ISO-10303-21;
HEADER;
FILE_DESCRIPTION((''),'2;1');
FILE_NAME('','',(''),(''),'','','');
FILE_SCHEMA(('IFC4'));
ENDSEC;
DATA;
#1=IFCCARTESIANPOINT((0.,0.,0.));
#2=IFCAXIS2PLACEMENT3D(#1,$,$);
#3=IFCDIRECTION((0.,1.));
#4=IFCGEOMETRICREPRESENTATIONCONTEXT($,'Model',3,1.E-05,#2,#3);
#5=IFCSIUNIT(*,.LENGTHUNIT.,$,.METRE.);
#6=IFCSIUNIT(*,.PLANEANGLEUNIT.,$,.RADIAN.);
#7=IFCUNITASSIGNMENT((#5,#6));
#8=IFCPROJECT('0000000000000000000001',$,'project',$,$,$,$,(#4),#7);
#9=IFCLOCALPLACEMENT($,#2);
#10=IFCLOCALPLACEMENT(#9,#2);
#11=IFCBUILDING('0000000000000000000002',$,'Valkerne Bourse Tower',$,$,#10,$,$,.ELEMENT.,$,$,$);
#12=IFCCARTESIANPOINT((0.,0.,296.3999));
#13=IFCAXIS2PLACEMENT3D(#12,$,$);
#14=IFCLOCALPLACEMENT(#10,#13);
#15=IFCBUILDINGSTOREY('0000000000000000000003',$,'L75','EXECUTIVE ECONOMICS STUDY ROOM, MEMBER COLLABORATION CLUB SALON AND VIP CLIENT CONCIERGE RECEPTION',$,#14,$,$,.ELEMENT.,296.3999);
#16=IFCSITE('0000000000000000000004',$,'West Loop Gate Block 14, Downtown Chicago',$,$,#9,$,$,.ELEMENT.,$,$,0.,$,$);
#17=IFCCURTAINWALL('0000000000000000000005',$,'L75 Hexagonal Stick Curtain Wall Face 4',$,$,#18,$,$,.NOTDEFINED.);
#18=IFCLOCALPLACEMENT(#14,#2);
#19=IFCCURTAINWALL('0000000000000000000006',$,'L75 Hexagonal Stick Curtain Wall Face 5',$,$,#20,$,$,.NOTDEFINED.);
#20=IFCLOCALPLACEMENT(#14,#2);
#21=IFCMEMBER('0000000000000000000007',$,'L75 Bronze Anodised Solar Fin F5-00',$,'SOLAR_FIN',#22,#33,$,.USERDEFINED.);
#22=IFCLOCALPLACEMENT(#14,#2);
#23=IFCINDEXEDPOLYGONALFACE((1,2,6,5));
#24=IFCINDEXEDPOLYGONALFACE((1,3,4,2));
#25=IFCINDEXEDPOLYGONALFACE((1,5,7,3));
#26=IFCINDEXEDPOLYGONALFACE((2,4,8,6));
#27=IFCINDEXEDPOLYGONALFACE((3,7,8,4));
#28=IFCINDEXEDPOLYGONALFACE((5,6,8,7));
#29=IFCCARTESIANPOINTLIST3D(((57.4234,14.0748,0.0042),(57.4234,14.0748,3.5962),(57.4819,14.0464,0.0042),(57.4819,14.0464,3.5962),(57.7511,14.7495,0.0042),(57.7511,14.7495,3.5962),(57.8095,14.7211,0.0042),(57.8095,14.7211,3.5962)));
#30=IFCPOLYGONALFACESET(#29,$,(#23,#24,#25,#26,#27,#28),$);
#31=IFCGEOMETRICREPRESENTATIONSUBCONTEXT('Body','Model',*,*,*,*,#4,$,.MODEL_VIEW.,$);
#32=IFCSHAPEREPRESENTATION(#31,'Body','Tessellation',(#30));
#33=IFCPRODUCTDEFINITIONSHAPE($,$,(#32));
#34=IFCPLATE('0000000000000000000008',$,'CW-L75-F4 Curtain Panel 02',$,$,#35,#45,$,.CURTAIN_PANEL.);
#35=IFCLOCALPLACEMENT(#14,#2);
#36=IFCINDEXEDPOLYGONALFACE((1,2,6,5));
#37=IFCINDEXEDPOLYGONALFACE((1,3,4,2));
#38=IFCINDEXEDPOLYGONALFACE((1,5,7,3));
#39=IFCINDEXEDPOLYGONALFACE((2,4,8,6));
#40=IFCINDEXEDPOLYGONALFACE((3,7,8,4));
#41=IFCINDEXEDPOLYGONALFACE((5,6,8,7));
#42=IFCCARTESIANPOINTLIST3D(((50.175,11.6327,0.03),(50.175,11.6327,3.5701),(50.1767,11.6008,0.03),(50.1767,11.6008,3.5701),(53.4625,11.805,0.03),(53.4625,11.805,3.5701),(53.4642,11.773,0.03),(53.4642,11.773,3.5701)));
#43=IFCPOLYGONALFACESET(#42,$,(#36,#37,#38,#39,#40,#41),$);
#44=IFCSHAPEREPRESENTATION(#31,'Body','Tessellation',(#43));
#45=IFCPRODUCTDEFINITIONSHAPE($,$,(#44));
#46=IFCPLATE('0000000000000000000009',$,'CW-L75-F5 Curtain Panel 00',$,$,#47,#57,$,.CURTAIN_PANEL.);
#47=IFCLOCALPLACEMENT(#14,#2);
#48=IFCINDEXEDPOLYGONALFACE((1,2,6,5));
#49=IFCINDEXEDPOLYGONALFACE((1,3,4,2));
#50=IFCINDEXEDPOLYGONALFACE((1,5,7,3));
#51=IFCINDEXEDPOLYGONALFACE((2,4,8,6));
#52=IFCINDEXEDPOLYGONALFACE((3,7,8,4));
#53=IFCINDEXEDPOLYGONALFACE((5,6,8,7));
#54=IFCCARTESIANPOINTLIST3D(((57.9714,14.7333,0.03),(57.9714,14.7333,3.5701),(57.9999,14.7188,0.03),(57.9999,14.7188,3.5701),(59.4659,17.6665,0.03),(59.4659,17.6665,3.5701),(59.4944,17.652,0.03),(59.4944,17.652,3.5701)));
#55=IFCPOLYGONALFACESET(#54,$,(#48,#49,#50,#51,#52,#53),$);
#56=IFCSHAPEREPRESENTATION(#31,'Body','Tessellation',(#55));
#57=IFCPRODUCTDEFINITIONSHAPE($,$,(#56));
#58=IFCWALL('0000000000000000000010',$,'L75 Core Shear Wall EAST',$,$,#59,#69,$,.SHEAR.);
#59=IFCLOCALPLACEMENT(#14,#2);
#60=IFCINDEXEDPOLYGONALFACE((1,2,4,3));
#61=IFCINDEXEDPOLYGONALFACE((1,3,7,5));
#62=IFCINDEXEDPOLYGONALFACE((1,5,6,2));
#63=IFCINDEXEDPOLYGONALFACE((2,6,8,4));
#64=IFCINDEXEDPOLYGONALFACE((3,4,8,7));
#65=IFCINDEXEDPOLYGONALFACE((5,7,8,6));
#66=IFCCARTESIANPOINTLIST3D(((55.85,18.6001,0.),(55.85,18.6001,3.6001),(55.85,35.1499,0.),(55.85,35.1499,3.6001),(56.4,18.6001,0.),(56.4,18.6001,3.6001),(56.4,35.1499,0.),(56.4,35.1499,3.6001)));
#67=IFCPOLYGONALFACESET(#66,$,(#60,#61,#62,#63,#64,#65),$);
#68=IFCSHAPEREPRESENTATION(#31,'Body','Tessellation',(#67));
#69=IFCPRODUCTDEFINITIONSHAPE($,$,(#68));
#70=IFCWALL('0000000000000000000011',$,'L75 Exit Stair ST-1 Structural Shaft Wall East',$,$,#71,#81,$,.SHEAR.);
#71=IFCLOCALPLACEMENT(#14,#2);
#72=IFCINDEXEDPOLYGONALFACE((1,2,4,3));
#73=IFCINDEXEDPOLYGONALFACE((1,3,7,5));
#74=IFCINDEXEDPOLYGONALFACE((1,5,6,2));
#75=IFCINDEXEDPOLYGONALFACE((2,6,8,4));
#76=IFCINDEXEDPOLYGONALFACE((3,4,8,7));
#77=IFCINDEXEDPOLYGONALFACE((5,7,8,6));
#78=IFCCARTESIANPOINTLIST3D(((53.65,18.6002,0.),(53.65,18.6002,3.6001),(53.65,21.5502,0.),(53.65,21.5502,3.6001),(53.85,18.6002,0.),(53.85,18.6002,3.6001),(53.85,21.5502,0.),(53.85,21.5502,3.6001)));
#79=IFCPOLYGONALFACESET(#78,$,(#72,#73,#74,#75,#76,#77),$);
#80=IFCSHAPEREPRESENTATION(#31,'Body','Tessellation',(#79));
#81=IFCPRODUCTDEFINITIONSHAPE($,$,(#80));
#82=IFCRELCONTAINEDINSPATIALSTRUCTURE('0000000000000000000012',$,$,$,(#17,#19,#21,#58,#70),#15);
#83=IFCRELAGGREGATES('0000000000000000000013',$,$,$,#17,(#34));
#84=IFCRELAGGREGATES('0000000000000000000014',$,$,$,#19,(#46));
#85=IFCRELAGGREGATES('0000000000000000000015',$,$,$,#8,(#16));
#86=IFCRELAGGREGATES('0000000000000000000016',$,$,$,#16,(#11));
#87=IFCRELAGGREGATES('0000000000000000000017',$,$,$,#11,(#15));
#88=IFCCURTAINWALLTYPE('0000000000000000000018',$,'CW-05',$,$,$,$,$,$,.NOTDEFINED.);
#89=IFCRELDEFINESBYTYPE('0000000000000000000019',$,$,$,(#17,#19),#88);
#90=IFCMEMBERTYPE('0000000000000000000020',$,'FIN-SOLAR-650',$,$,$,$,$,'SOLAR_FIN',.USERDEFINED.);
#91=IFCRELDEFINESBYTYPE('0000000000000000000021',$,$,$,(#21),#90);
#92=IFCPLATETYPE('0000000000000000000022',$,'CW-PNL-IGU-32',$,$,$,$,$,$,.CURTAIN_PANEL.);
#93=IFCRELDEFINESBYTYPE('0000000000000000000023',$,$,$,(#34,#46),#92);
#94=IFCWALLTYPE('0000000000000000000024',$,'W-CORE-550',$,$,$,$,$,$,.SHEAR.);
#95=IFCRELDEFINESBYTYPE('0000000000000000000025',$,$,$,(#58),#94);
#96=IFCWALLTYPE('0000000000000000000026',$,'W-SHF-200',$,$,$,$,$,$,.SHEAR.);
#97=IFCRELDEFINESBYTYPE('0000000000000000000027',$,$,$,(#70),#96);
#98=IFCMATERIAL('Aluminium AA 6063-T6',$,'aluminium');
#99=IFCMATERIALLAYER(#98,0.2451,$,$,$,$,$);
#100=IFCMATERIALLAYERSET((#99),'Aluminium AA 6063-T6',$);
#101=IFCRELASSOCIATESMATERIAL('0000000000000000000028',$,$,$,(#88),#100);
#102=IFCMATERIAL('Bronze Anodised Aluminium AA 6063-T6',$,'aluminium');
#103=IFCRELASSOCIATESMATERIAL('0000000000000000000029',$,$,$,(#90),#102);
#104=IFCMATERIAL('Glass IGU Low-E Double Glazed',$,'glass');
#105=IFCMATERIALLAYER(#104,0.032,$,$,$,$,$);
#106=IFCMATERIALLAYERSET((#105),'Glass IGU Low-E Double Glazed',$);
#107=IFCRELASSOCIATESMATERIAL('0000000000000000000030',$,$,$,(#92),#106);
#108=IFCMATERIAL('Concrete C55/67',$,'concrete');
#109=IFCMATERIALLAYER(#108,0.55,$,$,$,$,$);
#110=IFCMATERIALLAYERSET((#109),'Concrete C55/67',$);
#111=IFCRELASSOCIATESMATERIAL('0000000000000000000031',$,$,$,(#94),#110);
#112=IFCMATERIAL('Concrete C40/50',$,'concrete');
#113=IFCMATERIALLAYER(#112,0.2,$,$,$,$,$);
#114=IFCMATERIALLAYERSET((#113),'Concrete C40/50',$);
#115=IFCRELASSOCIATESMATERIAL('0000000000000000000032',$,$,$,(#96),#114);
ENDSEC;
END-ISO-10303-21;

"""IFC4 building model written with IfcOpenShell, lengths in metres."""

from ifc_helpers import new_model, si_unit, direction, frame, frame_2d, origin, origin_2d, place, context, subcontext, project, spatial, rectangle, extrude, material, layer, layer_set, material_profile, profile_set, type_object, element, aggregate, save


model = new_model("IFC4")

# Units and contexts
model_context = context("Model", 3, precision=1e-05, world=origin(), true_north=direction((0.0, 1.0)))
body_context = subcontext(model_context, "Body", "Model", "MODEL_VIEW")
ifc_project = project(units=[si_unit("LENGTHUNIT", "METRE"), si_unit("PLANEANGLEUNIT", "RADIAN")], contexts=[model_context])

# Site, building, storey
site_placement = place(None, origin())
site = spatial("IfcSite", under=ifc_project, at=site_placement, Name="West Loop Gate Block 14, Downtown Chicago", CompositionType="ELEMENT", RefElevation=0.0)
building_placement = place(site_placement, origin())
building = spatial("IfcBuilding", under=site, at=building_placement, Name="Valkerne Bourse Tower", CompositionType="ELEMENT")
storey_placement = place(building_placement, frame((0.0, 0.0, 296.3999)))
storey = spatial("IfcBuildingStorey", under=building, at=storey_placement, Name="L75", Description="EXECUTIVE ECONOMICS STUDY ROOM, MEMBER COLLABORATION CLUB SALON AND VIP CLIENT CONCIERGE RECEPTION", CompositionType="ELEMENT", Elevation=296.3999)

# Curtain wall
ifc_material_1 = material(Name="Aluminium AA 6063-T6", Category="aluminium")
ifc_layer_1 = layer(ifc_material_1, 0.2451)
ifc_layer_set_1 = layer_set([ifc_layer_1], Name="Aluminium AA 6063-T6")
curtain_wall_type = type_object("IfcCurtainWallType", Name="CW-05", PredefinedType="NOTDEFINED", material=ifc_layer_set_1)
curtain_wall_1_placement = place(storey_placement, origin())
curtain_wall_1 = element("IfcCurtainWall", 1, at=curtain_wall_1_placement, inside=storey, type_object=curtain_wall_type, Name="L75 Hexagonal Stick Curtain Wall Face 4", PredefinedType="NOTDEFINED")

# Curtain wall
curtain_wall_2_placement = place(storey_placement, origin())
curtain_wall_2 = element("IfcCurtainWall", 2, at=curtain_wall_2_placement, inside=storey, type_object=curtain_wall_type, Name="L75 Hexagonal Stick Curtain Wall Face 5", PredefinedType="NOTDEFINED")

# Member
ifc_material_2 = material(Name="Bronze Anodised Aluminium AA 6063-T6", Category="aluminium")
ifc_material_profile_1 = material_profile(ifc_material_2, rectangle(XDim=0.0649, YDim=0.75, at=origin_2d()), Name="FIN-65X750")
ifc_profile_set_1 = profile_set([ifc_material_profile_1], Name="Bronze Anodised Aluminium AA 6063-T6")
member_type_1 = type_object("IfcMemberType", Name="FIN-SOLAR-650", ElementType="SOLAR_FIN", PredefinedType="USERDEFINED", material=ifc_profile_set_1)
member_1_placement = place(storey_placement, frame((57.6165, 14.3979, 0.0042), z_axis=(0.0, 0.0, 1.0), x_axis=(0.899549, -0.436819, 0.0)))
element("IfcMember", 3, at=member_1_placement, inside=storey, type_object=member_type_1, Name="L75 Bronze Anodised Solar Fin F5-00", ObjectType="SOLAR_FIN", PredefinedType="USERDEFINED", context=body_context, shape_type="SweptSolid", body=[
    extrude(rectangle(XDim=0.0649, YDim=0.75, at=origin_2d()), origin(), (0.0, 0.0, 1.0), 3.592),
])

# Plates
ifc_material_3 = material(Name="Glass IGU Low-E Double Glazed", Category="glass")
ifc_layer_2 = layer(ifc_material_3, 0.032)
ifc_layer_set_2 = layer_set([ifc_layer_2], Name="Glass IGU Low-E Double Glazed")
plate_type = type_object("IfcPlateType", Name="CW-PNL-IGU-32", PredefinedType="CURTAIN_PANEL", material=ifc_layer_set_2)
plate_1_placement = place(storey_placement, frame((51.8196, 11.7029, 0.03), z_axis=(0.0, 0.0, 1.0), x_axis=(0.99863, 0.052327, 0.0)))
plate_1 = element("IfcPlate", 4, at=plate_1_placement, type_object=plate_type, Name="CW-L75-F4 Curtain Panel 02", PredefinedType="CURTAIN_PANEL", context=body_context, shape_type="SweptSolid", body=[
    extrude(rectangle(XDim=3.292, YDim=0.032, at=origin_2d()), origin(), (0.0, 0.0, 1.0), 3.54),
])
aggregate(curtain_wall_1, [plate_1])
plate_2_placement = place(storey_placement, frame((58.7329, 16.1926, 0.03), z_axis=(0.0, 0.0, 1.0), x_axis=(0.453981, 0.891011, 0.0)))
plate_2 = element("IfcPlate", 5, at=plate_2_placement, type_object=plate_type, Name="CW-L75-F5 Curtain Panel 00", PredefinedType="CURTAIN_PANEL", context=body_context, shape_type="SweptSolid", body=[
    extrude(rectangle(XDim=3.292, YDim=0.032, at=origin_2d()), origin(), (0.0, 0.0, 1.0), 3.54),
])
aggregate(curtain_wall_2, [plate_2])

# Walls
ifc_material_4 = material(Name="Concrete C55/67", Category="concrete")
ifc_layer_3 = layer(ifc_material_4, 0.55)
ifc_layer_set_3 = layer_set([ifc_layer_3], Name="Concrete C55/67")
wall_type_1 = type_object("IfcWallType", Name="W-CORE-550", PredefinedType="SHEAR", material=ifc_layer_set_3)
wall_1_placement = place(storey_placement, frame((56.125, 18.6001, 0.0), z_axis=(0.0, 0.0, 1.0), x_axis=(0.0, 1.0, 0.0)))
element("IfcWall", 6, at=wall_1_placement, inside=storey, type_object=wall_type_1, Name="L75 Core Shear Wall EAST", PredefinedType="SHEAR", context=body_context, shape_type="SweptSolid", body=[
    extrude(rectangle(XDim=16.5498, YDim=0.55, at=frame_2d((8.2749, 0.0))), origin(), (0.0, 0.0, 1.0), 3.6001),
])
ifc_material_5 = material(Name="Concrete C40/50", Category="concrete")
ifc_layer_4 = layer(ifc_material_5, 0.2)
ifc_layer_set_4 = layer_set([ifc_layer_4], Name="Concrete C40/50")
wall_type_2 = type_object("IfcWallType", Name="W-SHF-200", PredefinedType="SHEAR", material=ifc_layer_set_4)
wall_2_placement = place(storey_placement, frame((53.75, 18.6001, 0.0), z_axis=(0.0, 0.0, 1.0), x_axis=(0.0, 1.0, 0.0)))
element("IfcWall", 7, at=wall_2_placement, inside=storey, type_object=wall_type_2, Name="L75 Exit Stair ST-1 Structural Shaft Wall East", PredefinedType="SHEAR", context=body_context, shape_type="SweptSolid", body=[
    extrude(rectangle(XDim=2.95, YDim=0.2, at=frame_2d((1.4751, 0.0))), origin(), (0.0, 0.0, 1.0), 3.6001),
])

save(model, "model.ifc")
